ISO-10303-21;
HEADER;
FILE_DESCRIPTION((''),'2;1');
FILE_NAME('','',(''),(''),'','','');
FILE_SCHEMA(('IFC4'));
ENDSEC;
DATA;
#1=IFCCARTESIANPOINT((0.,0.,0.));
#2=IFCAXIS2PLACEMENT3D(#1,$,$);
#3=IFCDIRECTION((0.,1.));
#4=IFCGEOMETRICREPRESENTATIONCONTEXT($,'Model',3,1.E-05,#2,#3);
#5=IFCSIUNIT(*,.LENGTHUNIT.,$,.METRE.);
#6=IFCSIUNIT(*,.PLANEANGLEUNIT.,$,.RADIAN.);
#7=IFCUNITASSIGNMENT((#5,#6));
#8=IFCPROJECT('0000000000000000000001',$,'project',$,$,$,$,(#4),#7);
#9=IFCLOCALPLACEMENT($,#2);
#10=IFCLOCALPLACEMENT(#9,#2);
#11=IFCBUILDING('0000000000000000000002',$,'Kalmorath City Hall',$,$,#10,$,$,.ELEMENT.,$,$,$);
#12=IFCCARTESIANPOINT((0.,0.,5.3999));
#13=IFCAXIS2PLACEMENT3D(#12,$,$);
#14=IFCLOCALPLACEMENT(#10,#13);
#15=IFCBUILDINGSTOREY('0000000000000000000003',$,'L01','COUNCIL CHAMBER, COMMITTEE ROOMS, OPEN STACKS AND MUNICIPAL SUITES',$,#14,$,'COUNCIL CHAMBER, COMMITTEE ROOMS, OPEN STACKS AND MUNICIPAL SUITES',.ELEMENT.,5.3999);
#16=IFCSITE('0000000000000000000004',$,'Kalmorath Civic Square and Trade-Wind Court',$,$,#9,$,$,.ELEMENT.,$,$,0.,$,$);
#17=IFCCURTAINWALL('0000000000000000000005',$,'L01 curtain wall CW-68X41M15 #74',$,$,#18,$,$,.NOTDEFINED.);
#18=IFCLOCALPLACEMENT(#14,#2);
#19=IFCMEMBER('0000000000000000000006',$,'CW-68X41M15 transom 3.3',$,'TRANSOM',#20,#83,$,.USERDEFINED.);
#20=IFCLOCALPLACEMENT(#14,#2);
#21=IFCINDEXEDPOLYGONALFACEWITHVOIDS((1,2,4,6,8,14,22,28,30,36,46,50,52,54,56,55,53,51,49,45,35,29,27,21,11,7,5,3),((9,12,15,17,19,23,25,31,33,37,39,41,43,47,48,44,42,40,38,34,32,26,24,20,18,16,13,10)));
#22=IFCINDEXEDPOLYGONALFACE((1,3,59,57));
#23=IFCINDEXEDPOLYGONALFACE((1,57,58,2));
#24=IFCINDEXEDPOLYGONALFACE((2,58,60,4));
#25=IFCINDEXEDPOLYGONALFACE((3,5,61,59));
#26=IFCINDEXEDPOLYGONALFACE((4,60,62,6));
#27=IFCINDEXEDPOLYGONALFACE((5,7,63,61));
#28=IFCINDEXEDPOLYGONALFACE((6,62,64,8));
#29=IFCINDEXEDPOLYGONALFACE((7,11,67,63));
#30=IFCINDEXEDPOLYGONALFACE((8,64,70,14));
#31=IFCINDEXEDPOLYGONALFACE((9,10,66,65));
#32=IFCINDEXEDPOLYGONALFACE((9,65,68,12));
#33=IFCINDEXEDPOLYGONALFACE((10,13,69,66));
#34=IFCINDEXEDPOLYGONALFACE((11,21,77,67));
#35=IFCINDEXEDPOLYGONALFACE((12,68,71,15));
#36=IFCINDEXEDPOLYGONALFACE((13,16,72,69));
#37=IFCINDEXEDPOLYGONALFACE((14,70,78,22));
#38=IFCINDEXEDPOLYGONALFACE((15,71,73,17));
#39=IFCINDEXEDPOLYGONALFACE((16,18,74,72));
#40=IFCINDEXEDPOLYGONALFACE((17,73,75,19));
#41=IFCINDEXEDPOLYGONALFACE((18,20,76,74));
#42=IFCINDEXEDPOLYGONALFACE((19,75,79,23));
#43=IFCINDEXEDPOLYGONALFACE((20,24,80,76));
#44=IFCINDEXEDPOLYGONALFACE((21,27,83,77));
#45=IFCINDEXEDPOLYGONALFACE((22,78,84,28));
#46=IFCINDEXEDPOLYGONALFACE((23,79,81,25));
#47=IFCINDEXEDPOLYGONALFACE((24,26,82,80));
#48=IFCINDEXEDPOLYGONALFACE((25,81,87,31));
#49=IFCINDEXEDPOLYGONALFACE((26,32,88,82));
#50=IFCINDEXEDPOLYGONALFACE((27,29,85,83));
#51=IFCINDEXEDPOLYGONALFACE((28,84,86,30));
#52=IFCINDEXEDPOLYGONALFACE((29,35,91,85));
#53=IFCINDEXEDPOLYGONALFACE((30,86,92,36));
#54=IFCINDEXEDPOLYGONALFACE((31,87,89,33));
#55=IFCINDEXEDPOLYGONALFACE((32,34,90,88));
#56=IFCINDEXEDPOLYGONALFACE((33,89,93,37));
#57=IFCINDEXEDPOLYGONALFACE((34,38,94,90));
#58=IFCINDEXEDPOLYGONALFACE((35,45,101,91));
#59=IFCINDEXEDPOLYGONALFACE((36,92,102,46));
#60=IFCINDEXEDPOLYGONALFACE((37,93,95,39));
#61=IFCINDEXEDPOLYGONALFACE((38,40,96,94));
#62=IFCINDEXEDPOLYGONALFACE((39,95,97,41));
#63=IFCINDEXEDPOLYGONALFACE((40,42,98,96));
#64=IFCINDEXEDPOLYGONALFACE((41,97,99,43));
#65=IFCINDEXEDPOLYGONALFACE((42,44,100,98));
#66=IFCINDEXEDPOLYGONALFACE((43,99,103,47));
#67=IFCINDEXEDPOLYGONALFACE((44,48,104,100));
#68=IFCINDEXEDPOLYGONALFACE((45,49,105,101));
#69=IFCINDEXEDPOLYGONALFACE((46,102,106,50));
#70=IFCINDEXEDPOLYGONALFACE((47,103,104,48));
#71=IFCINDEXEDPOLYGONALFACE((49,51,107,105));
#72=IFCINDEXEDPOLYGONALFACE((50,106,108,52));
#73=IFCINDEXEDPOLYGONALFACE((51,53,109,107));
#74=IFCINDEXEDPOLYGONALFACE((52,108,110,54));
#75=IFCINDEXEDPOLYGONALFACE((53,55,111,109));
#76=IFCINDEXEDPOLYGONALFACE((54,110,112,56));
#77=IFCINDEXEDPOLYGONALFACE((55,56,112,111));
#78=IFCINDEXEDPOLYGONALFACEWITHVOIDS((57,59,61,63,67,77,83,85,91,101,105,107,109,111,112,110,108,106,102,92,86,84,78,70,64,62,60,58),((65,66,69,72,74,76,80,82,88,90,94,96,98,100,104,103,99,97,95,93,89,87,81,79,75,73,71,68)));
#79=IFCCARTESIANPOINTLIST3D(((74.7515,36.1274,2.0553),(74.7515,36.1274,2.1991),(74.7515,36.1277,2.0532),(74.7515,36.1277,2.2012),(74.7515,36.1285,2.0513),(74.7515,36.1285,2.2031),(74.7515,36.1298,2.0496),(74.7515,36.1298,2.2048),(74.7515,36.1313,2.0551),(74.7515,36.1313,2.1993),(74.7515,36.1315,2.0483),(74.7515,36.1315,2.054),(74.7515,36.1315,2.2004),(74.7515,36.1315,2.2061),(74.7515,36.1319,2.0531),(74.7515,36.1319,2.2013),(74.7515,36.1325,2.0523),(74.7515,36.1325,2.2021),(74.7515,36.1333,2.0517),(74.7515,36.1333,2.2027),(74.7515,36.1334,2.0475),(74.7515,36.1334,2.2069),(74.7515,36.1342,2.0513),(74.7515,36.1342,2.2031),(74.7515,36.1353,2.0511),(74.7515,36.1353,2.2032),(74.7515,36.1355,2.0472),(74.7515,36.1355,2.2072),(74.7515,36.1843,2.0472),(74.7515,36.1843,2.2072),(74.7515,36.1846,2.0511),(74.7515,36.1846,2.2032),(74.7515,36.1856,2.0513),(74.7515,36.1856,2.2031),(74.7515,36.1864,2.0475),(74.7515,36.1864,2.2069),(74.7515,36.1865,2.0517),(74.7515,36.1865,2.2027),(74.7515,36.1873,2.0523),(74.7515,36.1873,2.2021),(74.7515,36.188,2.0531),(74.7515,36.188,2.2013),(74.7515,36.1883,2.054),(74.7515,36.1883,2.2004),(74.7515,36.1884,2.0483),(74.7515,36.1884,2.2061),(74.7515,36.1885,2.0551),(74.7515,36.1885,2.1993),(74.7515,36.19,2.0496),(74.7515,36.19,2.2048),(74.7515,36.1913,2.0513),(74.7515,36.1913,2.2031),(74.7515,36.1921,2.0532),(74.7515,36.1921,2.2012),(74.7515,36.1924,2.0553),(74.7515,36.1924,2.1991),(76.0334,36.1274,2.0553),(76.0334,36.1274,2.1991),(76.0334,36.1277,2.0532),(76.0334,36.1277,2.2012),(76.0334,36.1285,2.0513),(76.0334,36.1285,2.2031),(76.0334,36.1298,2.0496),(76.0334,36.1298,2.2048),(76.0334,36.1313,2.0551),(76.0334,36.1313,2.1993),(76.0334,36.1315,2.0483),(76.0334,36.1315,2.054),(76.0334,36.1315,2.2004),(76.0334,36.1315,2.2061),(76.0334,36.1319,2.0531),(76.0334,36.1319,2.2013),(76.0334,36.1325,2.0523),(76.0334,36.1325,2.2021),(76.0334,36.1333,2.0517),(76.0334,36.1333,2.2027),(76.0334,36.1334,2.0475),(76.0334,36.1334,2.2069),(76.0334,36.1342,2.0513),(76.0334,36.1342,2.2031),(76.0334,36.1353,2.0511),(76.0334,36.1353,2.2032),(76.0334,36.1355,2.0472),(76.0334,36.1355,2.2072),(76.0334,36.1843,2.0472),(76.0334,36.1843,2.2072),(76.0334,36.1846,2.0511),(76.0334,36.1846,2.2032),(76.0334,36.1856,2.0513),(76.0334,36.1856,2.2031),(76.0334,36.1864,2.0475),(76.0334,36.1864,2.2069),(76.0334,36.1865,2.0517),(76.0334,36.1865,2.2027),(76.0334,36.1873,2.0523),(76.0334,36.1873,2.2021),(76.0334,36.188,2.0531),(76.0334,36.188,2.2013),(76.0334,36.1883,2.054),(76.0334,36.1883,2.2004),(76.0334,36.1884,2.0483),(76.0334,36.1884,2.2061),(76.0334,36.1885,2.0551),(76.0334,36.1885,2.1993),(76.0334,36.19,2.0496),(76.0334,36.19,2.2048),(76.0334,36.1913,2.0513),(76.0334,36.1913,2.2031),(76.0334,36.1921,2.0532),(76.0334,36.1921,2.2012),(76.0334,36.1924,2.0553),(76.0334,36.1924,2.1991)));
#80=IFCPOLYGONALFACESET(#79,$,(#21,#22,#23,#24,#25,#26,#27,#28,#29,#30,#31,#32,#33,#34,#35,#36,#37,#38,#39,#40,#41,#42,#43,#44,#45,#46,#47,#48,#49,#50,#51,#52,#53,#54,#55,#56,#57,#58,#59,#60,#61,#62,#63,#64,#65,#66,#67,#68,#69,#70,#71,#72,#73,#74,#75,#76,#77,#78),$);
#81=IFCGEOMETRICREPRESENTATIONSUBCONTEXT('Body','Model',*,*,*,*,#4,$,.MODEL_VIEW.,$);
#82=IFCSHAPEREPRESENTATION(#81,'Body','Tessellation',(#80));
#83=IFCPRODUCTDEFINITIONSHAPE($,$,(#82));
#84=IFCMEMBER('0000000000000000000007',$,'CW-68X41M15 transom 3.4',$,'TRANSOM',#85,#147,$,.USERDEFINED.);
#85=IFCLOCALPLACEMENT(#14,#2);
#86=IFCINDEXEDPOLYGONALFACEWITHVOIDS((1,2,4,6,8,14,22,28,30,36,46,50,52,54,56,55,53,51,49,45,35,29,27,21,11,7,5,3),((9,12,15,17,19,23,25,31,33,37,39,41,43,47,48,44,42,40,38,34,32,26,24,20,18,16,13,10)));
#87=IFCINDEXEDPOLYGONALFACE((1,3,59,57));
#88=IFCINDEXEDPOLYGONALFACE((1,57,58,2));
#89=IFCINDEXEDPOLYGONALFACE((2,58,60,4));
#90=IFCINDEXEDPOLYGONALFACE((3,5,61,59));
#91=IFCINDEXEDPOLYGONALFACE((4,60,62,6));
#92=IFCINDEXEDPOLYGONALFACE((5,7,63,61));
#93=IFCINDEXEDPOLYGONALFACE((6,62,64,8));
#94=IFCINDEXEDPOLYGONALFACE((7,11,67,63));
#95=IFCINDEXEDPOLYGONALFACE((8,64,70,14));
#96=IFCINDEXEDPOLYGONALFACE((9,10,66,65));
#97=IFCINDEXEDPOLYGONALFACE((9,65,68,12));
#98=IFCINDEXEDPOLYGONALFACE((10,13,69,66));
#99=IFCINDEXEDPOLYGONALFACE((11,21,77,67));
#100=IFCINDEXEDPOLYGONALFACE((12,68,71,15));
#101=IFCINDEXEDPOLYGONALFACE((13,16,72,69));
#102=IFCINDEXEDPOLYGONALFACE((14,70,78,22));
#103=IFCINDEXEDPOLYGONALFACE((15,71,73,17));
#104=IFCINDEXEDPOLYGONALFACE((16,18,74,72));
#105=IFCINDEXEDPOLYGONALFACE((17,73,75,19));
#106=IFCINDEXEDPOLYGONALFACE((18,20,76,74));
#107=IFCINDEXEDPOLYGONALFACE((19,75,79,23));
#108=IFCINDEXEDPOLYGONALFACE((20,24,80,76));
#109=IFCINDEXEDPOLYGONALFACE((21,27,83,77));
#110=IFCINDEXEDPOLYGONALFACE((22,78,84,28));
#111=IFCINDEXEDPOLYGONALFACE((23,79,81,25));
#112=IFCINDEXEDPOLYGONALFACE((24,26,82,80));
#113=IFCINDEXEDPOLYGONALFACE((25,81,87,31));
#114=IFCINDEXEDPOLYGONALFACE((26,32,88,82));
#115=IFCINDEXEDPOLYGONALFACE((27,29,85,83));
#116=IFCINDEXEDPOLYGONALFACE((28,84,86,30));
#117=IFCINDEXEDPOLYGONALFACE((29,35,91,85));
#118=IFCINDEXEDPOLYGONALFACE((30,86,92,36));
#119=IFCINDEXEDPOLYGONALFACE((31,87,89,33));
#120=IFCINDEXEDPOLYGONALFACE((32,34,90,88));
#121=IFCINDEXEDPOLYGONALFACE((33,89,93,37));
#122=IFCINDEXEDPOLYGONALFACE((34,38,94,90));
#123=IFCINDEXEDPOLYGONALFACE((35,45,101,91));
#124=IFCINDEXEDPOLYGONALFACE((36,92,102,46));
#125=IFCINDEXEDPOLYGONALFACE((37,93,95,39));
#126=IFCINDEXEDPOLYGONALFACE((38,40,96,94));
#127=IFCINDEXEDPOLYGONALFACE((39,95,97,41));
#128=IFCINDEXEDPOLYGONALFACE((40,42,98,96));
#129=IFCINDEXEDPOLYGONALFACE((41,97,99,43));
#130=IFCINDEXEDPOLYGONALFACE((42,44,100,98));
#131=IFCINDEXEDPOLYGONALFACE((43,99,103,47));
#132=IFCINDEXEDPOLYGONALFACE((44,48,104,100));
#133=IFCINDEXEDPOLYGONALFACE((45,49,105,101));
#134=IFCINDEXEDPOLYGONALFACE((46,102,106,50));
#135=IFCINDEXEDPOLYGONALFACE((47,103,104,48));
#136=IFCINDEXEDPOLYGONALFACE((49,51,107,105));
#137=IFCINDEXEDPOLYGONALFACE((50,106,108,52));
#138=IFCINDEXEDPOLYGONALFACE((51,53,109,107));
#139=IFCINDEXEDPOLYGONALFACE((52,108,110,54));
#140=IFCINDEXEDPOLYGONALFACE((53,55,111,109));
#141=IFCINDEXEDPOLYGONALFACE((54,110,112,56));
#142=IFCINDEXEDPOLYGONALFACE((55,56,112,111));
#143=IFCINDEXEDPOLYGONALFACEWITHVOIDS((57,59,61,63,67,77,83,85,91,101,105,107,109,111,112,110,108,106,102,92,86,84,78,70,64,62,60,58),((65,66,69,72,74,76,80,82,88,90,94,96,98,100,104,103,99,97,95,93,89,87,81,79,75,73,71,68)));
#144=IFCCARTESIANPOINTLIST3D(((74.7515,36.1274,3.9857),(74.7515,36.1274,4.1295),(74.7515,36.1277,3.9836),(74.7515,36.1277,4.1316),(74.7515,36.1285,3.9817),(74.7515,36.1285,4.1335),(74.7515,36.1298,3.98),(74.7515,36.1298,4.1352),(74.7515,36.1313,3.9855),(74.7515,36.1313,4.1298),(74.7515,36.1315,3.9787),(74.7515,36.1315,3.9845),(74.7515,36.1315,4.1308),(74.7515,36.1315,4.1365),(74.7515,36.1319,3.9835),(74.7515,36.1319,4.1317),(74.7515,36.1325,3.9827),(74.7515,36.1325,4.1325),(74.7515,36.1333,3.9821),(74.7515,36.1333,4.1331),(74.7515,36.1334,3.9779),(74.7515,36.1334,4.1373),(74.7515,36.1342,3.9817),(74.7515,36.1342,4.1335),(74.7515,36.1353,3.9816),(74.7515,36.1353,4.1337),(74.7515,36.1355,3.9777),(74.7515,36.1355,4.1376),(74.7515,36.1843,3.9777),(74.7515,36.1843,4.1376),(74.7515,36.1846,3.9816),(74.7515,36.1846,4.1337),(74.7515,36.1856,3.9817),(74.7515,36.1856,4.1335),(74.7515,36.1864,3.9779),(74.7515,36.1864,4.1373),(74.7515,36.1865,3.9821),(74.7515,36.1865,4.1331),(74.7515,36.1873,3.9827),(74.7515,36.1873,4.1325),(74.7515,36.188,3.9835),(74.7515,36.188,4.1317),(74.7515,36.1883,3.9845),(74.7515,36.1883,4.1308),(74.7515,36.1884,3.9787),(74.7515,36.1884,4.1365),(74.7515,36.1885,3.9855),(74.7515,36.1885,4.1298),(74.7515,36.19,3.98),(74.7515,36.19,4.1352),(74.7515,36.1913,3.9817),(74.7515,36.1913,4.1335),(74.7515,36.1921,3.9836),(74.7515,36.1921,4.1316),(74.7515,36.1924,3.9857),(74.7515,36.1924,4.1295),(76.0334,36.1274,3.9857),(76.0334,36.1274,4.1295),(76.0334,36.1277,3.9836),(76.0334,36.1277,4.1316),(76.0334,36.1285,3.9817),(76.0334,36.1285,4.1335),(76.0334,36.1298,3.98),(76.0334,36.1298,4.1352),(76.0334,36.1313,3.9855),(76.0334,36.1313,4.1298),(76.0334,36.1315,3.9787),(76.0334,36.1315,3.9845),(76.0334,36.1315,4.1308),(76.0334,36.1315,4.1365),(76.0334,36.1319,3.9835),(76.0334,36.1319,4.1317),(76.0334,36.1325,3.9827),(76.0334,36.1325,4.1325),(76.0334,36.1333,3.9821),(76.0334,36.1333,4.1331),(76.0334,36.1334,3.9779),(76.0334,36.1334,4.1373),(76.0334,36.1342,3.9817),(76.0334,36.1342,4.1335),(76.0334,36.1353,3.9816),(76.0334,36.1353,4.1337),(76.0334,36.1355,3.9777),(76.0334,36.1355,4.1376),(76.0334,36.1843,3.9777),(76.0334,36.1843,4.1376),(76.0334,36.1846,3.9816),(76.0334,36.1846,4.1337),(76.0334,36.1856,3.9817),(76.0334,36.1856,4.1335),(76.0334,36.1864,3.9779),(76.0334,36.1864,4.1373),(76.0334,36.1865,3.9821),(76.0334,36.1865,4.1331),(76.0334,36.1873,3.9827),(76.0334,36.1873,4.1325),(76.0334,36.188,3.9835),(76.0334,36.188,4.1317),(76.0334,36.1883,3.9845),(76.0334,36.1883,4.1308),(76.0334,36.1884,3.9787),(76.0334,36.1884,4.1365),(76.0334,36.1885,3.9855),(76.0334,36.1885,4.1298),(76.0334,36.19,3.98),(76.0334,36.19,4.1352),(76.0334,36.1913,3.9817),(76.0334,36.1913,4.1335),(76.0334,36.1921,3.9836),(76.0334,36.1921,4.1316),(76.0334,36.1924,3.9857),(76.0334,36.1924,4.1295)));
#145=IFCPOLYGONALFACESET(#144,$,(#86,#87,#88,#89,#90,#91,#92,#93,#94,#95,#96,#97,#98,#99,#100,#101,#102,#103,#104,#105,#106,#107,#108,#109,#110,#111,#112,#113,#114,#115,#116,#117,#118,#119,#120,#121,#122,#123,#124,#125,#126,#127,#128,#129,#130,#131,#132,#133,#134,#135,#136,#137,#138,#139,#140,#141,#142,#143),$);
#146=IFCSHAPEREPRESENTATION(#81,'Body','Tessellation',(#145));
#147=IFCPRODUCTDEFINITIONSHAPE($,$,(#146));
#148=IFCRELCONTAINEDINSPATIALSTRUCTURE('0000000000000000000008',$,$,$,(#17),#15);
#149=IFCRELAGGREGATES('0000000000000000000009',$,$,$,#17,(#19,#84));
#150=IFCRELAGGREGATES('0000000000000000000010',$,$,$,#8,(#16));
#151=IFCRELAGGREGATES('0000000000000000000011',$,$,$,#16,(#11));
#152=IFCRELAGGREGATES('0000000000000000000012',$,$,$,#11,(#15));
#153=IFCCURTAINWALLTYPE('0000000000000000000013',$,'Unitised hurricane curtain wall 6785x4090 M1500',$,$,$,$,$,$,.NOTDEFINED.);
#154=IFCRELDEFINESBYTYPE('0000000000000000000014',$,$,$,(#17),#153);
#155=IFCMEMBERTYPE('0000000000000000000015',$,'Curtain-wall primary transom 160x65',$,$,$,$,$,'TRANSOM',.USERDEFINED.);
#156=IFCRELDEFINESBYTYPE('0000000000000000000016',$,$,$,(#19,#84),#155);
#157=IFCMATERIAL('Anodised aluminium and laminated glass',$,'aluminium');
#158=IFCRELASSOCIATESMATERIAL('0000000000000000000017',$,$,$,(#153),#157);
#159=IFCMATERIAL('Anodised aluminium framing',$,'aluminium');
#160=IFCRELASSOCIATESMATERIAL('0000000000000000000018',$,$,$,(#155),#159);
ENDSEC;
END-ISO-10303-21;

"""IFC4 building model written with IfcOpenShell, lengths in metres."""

from ifc_helpers import new_model, si_unit, direction, frame, origin, origin_2d, place, context, subcontext, project, spatial, hollow_rectangle, extrude, material, material_profile, profile_set, type_object, element, aggregate, save


model = new_model("IFC4")

# Units and contexts
model_context = context("Model", 3, precision=1e-05, world=origin(), true_north=direction((0.0, 1.0)))
body_context = subcontext(model_context, "Body", "Model", "MODEL_VIEW")
ifc_project = project(units=[si_unit("LENGTHUNIT", "METRE"), si_unit("PLANEANGLEUNIT", "RADIAN")], contexts=[model_context])

# Site, building, storey
site_placement = place(None, origin())
site = spatial("IfcSite", under=ifc_project, at=site_placement, Name="Kalmorath Civic Square and Trade-Wind Court", CompositionType="ELEMENT", RefElevation=0.0)
building_placement = place(site_placement, origin())
building = spatial("IfcBuilding", under=site, at=building_placement, Name="Kalmorath City Hall", CompositionType="ELEMENT")
storey_placement = place(building_placement, frame((0.0, 0.0, 5.3999)))
storey = spatial("IfcBuildingStorey", under=building, at=storey_placement, Name="L01", Description="COUNCIL CHAMBER, COMMITTEE ROOMS, OPEN STACKS AND MUNICIPAL SUITES", LongName="COUNCIL CHAMBER, COMMITTEE ROOMS, OPEN STACKS AND MUNICIPAL SUITES", CompositionType="ELEMENT", Elevation=5.3999)

# Curtain wall, members
ifc_material_1 = material(Name="Anodised aluminium and laminated glass", Category="aluminium")
curtain_wall_type = type_object("IfcCurtainWallType", Name="Unitised hurricane curtain wall 6785x4090 M1500", PredefinedType="NOTDEFINED", material=ifc_material_1)
curtain_wall_placement = place(storey_placement, origin())
curtain_wall = element("IfcCurtainWall", 1, at=curtain_wall_placement, inside=storey, type_object=curtain_wall_type, Name="L01 curtain wall CW-68X41M15 #74", PredefinedType="NOTDEFINED")
ifc_material_2 = material(Name="Anodised aluminium framing", Category="aluminium")
ifc_material_profile_1 = material_profile(ifc_material_2, hollow_rectangle(XDim=0.0649, YDim=0.1599, WallThickness=0.0039, InnerFilletRadius=0.0039, OuterFilletRadius=0.0081, at=origin_2d()), Name="ALU-TRN-160X65X4")
ifc_profile_set_1 = profile_set([ifc_material_profile_1], Name="Anodised aluminium framing")
member_type_1 = type_object("IfcMemberType", Name="Curtain-wall primary transom 160x65", ElementType="TRANSOM", PredefinedType="USERDEFINED", material=ifc_profile_set_1)
member_1_placement = place(storey_placement, frame((76.0334, 36.1599, 2.1272), z_axis=(-1.0, 0.0, 0.0), x_axis=(0.0, -1.0, 0.0)))
member_1 = element("IfcMember", 2, at=member_1_placement, type_object=member_type_1, Name="CW-68X41M15 transom 3.3", ObjectType="TRANSOM", PredefinedType="USERDEFINED", context=body_context, shape_type="SweptSolid", body=[
    extrude(hollow_rectangle(XDim=0.0649, YDim=0.1599, WallThickness=0.0039, InnerFilletRadius=0.0039, OuterFilletRadius=0.0081, at=origin_2d()), origin(), (0.0, 0.0, 1.0), 1.282),
])
member_2_placement = place(storey_placement, frame((76.0334, 36.1599, 4.0576), z_axis=(-1.0, 0.0, 0.0), x_axis=(0.0, -1.0, 0.0)))
member_2 = element("IfcMember", 3, at=member_2_placement, type_object=member_type_1, Name="CW-68X41M15 transom 3.4", ObjectType="TRANSOM", PredefinedType="USERDEFINED", context=body_context, shape_type="SweptSolid", body=[
    extrude(hollow_rectangle(XDim=0.0649, YDim=0.1599, WallThickness=0.0039, InnerFilletRadius=0.0039, OuterFilletRadius=0.0081, at=origin_2d()), origin(), (0.0, 0.0, 1.0), 1.282),
])
aggregate(curtain_wall, [member_1, member_2])

save(model, "model.ifc")
